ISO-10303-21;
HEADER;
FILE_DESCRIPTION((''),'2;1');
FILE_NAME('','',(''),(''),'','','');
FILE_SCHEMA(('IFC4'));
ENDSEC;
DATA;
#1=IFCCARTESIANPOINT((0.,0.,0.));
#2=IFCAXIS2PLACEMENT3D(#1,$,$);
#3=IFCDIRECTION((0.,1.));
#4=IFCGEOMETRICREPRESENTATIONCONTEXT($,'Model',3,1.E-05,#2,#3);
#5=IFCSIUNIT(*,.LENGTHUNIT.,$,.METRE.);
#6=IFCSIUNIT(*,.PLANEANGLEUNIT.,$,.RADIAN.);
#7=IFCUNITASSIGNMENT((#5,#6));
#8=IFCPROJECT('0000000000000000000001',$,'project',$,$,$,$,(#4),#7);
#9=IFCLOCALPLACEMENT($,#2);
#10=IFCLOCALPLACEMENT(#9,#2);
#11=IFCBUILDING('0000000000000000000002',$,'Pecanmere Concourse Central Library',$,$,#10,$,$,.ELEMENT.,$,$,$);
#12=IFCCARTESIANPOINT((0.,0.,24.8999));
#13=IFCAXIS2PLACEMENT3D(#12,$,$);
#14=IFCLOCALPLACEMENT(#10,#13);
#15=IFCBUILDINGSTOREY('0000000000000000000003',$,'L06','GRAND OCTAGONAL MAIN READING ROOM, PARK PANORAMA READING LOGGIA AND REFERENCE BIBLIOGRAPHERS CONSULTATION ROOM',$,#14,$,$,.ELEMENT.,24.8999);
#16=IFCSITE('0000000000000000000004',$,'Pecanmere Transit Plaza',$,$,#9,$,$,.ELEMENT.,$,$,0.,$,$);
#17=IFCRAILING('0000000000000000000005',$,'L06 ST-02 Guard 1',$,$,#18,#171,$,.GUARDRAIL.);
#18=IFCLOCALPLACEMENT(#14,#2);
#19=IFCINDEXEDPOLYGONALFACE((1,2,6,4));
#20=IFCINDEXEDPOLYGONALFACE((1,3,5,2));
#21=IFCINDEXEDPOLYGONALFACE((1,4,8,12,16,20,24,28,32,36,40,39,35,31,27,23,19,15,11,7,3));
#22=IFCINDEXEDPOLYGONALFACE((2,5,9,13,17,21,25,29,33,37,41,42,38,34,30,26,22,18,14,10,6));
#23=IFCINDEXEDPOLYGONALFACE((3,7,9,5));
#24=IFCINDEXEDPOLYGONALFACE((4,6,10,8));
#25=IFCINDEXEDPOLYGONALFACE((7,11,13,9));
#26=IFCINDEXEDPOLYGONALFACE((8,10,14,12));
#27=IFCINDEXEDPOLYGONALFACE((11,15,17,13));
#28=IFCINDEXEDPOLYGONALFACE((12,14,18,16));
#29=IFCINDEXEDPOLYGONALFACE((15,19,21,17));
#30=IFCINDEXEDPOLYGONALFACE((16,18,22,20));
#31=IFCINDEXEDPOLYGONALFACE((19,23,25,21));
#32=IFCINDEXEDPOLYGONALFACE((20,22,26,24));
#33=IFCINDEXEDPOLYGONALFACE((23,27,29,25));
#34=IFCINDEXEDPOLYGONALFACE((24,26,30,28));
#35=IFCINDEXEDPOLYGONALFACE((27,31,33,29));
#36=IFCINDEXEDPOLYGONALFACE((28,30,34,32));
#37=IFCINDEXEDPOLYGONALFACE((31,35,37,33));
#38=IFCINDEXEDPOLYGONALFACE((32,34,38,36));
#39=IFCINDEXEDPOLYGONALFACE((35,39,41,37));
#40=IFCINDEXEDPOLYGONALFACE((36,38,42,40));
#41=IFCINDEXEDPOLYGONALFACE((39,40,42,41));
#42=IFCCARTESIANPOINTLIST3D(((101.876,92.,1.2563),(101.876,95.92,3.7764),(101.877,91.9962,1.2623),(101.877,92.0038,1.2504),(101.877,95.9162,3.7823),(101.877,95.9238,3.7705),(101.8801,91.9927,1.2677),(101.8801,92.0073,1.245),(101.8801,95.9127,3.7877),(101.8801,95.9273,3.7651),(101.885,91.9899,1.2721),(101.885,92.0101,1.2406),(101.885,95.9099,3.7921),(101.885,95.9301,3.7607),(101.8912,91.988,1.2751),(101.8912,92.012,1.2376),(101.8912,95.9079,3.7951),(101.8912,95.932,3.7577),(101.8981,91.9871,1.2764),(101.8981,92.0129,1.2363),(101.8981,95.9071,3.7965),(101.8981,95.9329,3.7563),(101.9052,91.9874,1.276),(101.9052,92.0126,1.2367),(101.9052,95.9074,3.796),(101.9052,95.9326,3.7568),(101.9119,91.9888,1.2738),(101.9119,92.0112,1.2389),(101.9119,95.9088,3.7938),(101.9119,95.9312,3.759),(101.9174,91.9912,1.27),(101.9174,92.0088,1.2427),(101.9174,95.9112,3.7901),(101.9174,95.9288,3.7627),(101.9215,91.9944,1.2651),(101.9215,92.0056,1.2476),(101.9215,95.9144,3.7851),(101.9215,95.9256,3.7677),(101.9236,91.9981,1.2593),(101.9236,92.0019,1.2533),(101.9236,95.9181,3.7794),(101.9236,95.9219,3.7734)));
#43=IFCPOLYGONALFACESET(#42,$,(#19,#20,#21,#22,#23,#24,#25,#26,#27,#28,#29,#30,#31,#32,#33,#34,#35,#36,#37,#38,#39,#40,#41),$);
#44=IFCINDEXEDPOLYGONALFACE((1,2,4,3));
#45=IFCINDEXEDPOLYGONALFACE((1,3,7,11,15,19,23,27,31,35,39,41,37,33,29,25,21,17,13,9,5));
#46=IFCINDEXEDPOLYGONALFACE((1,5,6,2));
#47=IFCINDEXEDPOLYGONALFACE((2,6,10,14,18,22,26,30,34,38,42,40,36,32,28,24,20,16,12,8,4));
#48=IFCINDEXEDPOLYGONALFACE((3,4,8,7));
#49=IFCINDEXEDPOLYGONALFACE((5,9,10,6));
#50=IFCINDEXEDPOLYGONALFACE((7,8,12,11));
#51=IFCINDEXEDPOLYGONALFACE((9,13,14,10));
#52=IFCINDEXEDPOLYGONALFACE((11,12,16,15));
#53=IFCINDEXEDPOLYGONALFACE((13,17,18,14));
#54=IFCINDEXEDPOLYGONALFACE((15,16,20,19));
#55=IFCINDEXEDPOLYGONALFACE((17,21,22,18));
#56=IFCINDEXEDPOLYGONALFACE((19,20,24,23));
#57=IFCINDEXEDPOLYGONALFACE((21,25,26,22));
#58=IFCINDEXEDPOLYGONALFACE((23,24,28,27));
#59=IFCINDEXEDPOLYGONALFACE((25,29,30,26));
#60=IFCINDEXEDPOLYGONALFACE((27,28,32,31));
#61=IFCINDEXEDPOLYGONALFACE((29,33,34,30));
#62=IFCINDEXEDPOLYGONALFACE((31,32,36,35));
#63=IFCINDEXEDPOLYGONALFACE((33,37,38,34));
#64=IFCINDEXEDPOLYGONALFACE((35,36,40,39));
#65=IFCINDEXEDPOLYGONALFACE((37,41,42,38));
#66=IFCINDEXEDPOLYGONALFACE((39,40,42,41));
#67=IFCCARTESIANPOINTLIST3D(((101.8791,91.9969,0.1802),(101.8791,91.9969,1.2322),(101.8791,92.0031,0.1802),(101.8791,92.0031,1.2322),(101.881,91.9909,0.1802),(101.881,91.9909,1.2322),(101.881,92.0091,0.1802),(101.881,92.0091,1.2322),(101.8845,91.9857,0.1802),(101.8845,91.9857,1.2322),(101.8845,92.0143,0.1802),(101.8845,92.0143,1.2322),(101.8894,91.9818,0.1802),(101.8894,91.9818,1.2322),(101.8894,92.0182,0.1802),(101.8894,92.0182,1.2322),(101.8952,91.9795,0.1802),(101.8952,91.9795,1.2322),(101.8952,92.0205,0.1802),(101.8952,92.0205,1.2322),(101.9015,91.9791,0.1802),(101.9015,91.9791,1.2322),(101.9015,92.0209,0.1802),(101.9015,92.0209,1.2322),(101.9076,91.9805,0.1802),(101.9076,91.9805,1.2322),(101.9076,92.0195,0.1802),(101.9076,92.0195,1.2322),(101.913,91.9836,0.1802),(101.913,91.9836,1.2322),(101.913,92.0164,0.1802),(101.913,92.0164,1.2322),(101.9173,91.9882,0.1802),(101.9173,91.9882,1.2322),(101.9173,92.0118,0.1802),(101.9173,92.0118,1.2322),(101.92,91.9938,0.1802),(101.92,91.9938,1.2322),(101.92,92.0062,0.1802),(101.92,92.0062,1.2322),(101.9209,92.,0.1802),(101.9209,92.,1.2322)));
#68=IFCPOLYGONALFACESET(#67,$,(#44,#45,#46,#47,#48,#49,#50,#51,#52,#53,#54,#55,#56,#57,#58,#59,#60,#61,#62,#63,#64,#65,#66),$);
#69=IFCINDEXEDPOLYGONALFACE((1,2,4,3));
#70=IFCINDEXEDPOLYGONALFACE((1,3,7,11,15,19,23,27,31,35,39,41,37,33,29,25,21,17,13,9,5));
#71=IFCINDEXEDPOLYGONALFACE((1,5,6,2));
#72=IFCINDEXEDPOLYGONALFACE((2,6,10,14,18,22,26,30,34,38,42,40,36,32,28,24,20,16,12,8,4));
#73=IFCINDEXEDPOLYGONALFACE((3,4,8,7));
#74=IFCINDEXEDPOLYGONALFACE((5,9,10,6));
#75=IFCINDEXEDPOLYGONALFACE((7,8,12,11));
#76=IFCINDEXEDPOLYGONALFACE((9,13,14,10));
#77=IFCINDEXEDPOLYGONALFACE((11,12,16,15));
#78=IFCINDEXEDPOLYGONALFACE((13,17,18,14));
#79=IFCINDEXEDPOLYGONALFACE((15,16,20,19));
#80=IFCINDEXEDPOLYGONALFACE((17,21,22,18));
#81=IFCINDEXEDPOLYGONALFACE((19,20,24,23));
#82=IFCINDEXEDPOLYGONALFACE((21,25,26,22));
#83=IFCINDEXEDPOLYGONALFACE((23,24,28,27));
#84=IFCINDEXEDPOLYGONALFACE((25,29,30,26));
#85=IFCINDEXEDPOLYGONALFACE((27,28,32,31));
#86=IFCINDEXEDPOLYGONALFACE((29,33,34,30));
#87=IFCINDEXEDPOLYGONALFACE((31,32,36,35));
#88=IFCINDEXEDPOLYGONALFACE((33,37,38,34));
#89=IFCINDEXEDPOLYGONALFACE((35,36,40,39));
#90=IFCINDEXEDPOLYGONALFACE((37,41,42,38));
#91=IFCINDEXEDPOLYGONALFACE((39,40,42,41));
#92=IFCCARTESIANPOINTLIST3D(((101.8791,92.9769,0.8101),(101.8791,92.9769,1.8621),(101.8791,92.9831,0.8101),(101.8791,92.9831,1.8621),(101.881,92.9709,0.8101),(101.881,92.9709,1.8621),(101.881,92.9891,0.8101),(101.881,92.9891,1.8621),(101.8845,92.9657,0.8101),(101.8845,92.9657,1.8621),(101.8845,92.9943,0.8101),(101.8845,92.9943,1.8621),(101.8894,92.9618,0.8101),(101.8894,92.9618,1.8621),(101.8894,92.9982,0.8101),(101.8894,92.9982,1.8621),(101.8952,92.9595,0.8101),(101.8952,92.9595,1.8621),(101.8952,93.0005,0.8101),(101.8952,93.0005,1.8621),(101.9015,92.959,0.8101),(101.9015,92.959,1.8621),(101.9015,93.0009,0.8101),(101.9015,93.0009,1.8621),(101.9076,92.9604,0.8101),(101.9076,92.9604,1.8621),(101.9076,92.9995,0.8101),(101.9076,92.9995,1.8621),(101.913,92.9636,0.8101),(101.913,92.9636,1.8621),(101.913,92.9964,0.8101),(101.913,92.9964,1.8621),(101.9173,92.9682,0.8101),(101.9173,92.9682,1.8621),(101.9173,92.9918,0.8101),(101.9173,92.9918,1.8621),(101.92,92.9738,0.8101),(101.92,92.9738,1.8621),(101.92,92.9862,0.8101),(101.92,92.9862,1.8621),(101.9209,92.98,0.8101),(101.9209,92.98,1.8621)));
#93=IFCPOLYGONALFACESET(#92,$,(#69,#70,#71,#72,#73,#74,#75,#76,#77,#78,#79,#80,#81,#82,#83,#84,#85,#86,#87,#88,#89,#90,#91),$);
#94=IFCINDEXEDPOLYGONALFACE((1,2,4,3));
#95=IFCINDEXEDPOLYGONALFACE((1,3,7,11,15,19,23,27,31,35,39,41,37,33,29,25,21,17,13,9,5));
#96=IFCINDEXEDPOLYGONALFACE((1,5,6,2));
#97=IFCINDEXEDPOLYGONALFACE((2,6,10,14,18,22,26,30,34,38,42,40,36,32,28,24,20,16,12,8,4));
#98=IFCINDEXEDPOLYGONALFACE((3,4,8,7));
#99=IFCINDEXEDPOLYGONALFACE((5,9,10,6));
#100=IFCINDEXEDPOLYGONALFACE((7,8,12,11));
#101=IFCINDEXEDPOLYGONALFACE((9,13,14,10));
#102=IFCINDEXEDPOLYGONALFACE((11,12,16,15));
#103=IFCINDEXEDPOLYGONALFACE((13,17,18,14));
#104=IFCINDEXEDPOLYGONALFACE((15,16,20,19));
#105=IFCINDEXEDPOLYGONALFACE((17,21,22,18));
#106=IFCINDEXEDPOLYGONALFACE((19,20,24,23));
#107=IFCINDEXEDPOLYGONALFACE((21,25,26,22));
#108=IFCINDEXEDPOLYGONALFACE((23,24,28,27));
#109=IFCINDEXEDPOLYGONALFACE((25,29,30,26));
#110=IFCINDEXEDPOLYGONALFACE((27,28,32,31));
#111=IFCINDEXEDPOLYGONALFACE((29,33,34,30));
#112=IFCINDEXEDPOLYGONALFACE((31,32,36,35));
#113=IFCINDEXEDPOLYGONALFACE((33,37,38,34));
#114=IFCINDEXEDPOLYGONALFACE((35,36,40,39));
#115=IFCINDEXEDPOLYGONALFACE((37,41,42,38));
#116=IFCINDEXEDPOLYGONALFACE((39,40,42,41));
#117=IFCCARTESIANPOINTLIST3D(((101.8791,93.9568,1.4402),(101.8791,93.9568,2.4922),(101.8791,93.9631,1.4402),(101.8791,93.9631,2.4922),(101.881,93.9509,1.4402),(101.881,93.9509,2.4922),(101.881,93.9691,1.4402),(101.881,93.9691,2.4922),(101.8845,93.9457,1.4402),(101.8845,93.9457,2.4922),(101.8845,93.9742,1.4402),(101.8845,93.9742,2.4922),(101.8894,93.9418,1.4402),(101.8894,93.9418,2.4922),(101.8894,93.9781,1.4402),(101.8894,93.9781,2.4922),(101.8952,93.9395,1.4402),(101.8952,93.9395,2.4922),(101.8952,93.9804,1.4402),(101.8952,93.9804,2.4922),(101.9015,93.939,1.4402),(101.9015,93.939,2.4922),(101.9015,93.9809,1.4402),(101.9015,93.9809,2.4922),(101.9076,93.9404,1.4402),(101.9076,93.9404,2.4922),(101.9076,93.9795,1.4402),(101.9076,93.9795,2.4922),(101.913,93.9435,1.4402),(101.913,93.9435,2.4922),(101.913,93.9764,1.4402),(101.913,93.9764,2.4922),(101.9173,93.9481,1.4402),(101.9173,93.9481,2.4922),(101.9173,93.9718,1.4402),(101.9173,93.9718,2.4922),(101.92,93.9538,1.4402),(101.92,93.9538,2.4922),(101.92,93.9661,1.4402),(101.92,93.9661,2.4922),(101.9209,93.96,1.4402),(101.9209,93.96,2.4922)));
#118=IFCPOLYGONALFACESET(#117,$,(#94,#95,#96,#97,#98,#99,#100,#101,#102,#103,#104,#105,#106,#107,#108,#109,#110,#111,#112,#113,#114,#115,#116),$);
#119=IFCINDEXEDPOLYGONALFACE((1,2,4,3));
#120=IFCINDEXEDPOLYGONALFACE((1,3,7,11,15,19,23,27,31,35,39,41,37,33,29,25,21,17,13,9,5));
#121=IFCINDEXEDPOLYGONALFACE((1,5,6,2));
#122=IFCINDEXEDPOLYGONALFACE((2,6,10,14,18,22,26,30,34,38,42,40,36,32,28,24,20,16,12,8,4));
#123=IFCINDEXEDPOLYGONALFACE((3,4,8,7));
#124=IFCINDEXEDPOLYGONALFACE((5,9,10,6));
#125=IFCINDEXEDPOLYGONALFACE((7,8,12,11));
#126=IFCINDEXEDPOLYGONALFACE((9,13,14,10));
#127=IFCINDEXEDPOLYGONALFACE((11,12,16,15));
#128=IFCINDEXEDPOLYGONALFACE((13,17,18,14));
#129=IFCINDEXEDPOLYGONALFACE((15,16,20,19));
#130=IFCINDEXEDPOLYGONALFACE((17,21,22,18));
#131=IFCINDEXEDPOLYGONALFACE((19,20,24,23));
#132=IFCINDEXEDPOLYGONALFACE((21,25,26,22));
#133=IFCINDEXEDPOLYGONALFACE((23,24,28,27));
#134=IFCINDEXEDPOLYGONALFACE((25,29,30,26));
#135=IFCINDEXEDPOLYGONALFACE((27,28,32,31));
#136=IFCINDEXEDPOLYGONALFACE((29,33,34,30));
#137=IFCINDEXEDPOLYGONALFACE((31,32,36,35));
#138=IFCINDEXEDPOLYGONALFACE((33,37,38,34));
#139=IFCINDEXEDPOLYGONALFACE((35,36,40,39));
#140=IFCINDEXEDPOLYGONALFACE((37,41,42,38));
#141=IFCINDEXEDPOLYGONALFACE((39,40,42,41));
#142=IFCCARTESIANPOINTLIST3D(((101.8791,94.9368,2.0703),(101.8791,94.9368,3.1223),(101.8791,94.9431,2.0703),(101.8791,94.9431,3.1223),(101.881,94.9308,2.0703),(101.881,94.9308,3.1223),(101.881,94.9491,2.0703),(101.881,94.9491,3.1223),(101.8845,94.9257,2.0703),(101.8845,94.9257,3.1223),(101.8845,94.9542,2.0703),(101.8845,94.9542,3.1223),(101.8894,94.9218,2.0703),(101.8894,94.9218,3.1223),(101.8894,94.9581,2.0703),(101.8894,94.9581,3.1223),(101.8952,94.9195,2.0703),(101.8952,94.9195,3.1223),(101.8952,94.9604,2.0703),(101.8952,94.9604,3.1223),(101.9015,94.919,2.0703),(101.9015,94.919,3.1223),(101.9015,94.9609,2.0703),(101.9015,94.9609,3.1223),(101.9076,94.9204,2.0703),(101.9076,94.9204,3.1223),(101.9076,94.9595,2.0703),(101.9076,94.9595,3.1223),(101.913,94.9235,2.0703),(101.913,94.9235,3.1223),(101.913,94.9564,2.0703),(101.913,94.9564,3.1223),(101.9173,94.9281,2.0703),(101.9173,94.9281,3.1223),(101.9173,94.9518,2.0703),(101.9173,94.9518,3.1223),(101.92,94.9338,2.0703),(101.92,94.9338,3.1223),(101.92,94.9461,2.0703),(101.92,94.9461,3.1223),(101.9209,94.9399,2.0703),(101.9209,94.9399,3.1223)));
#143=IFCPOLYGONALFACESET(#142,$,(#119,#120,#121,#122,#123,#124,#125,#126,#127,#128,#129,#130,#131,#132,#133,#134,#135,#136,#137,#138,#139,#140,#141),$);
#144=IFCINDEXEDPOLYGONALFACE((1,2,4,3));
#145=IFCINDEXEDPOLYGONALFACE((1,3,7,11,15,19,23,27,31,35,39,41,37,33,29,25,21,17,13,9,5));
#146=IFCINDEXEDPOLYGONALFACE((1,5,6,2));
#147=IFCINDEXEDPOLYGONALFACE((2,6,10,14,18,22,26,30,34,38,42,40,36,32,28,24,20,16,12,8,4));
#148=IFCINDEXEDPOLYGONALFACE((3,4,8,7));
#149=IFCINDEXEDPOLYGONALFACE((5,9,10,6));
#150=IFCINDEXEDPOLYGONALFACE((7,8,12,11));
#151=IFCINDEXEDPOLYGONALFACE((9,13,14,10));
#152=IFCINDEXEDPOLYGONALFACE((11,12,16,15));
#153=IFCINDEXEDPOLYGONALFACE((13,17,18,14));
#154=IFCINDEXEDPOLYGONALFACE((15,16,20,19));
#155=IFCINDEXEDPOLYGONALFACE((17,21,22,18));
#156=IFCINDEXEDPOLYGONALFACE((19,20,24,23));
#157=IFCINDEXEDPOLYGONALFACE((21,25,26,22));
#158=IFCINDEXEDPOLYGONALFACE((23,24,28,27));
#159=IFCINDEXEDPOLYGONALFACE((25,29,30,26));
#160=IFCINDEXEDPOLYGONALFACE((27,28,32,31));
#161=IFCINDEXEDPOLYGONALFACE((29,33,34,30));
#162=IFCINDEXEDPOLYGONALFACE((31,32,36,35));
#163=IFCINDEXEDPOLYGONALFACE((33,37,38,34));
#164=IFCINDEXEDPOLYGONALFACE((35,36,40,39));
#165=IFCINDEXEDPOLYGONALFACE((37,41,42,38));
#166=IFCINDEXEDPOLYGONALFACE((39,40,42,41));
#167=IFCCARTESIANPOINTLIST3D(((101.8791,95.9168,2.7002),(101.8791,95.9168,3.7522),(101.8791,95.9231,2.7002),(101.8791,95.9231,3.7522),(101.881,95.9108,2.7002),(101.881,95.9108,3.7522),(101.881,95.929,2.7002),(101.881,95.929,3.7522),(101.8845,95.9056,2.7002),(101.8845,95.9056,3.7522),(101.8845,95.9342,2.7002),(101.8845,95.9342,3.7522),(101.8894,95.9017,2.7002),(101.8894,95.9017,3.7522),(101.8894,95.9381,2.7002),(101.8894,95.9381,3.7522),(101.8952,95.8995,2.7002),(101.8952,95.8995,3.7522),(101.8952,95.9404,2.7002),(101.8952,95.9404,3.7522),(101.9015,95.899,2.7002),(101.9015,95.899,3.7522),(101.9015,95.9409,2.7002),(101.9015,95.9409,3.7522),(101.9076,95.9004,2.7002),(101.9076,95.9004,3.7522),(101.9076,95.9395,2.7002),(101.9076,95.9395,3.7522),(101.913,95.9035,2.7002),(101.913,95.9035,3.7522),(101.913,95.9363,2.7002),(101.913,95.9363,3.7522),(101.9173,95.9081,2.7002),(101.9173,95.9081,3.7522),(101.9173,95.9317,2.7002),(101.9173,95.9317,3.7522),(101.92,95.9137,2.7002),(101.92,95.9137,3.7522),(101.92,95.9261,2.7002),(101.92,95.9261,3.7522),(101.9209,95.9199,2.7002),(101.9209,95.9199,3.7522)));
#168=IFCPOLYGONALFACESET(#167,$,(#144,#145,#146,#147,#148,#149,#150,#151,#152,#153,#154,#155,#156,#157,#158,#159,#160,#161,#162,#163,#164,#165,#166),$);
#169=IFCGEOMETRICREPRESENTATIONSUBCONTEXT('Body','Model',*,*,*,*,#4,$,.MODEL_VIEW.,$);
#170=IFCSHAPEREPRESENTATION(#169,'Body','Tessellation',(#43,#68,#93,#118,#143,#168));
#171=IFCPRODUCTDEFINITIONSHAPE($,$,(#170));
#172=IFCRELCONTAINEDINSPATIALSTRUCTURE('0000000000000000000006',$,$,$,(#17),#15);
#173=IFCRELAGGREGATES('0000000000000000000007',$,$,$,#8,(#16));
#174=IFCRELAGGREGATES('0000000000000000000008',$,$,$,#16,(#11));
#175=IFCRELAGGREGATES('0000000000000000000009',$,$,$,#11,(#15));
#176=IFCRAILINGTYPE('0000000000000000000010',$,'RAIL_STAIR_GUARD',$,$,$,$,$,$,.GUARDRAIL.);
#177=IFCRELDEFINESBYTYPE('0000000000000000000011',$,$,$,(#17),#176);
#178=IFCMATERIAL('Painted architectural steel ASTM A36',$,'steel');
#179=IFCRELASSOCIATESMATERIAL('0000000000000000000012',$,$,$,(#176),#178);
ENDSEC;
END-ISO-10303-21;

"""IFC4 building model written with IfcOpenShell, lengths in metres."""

from ifc_helpers import new_model, si_unit, direction, frame, origin, origin_2d, place, context, subcontext, project, spatial, circle, extrude, material, type_object, element, save


model = new_model("IFC4")

# Units and contexts
model_context = context("Model", 3, precision=1e-05, world=origin(), true_north=direction((0.0, 1.0)))
body_context = subcontext(model_context, "Body", "Model", "MODEL_VIEW")
ifc_project = project(units=[si_unit("LENGTHUNIT", "METRE"), si_unit("PLANEANGLEUNIT", "RADIAN")], contexts=[model_context])

# Site, building, storey
site_placement = place(None, origin())
site = spatial("IfcSite", under=ifc_project, at=site_placement, Name="Pecanmere Transit Plaza", CompositionType="ELEMENT", RefElevation=0.0)
building_placement = place(site_placement, origin())
building = spatial("IfcBuilding", under=site, at=building_placement, Name="Pecanmere Concourse Central Library", CompositionType="ELEMENT")
storey_placement = place(building_placement, frame((0.0, 0.0, 24.8999)))
storey = spatial("IfcBuildingStorey", under=building, at=storey_placement, Name="L06", Description="GRAND OCTAGONAL MAIN READING ROOM, PARK PANORAMA READING LOGGIA AND REFERENCE BIBLIOGRAPHERS CONSULTATION ROOM", CompositionType="ELEMENT", Elevation=24.8999)

# Railing
ifc_material_1 = material(Name="Painted architectural steel ASTM A36", Category="steel")
railing_type_1 = type_object("IfcRailingType", Name="RAIL_STAIR_GUARD", PredefinedType="GUARDRAIL", material=ifc_material_1)
railing_1_placement = place(storey_placement, frame((101.8999, 92.0, 0.1802)))
element("IfcRailing", 1, at=railing_1_placement, inside=storey, type_object=railing_type_1, Name="L06 ST-02 Guard 1", PredefinedType="GUARDRAIL", context=body_context, shape_type="SweptSolid", body=[
    extrude(circle(Radius=0.0239, at=origin_2d()), frame((0.0, 0.0, 1.0762), z_axis=(0.0, 0.841172, 0.540768), x_axis=(-1.0, 0.0, 0.0)), (0.0, 0.0, 1.0), 4.6602),
    extrude(circle(Radius=0.021, at=origin_2d()), origin(), (0.0, 0.0, 1.0), 1.052),
    extrude(circle(Radius=0.021, at=origin_2d()), frame((0.0, 0.98, 0.6299)), (0.0, 0.0, 1.0), 1.052),
    extrude(circle(Radius=0.021, at=origin_2d()), frame((0.0, 1.96, 1.26)), (0.0, 0.0, 1.0), 1.052),
    extrude(circle(Radius=0.021, at=origin_2d()), frame((0.0, 2.9399, 1.8901)), (0.0, 0.0, 1.0), 1.052),
    extrude(circle(Radius=0.021, at=origin_2d()), frame((0.0, 3.9199, 2.52)), (0.0, 0.0, 1.0), 1.052),
])

save(model, "model.ifc")
